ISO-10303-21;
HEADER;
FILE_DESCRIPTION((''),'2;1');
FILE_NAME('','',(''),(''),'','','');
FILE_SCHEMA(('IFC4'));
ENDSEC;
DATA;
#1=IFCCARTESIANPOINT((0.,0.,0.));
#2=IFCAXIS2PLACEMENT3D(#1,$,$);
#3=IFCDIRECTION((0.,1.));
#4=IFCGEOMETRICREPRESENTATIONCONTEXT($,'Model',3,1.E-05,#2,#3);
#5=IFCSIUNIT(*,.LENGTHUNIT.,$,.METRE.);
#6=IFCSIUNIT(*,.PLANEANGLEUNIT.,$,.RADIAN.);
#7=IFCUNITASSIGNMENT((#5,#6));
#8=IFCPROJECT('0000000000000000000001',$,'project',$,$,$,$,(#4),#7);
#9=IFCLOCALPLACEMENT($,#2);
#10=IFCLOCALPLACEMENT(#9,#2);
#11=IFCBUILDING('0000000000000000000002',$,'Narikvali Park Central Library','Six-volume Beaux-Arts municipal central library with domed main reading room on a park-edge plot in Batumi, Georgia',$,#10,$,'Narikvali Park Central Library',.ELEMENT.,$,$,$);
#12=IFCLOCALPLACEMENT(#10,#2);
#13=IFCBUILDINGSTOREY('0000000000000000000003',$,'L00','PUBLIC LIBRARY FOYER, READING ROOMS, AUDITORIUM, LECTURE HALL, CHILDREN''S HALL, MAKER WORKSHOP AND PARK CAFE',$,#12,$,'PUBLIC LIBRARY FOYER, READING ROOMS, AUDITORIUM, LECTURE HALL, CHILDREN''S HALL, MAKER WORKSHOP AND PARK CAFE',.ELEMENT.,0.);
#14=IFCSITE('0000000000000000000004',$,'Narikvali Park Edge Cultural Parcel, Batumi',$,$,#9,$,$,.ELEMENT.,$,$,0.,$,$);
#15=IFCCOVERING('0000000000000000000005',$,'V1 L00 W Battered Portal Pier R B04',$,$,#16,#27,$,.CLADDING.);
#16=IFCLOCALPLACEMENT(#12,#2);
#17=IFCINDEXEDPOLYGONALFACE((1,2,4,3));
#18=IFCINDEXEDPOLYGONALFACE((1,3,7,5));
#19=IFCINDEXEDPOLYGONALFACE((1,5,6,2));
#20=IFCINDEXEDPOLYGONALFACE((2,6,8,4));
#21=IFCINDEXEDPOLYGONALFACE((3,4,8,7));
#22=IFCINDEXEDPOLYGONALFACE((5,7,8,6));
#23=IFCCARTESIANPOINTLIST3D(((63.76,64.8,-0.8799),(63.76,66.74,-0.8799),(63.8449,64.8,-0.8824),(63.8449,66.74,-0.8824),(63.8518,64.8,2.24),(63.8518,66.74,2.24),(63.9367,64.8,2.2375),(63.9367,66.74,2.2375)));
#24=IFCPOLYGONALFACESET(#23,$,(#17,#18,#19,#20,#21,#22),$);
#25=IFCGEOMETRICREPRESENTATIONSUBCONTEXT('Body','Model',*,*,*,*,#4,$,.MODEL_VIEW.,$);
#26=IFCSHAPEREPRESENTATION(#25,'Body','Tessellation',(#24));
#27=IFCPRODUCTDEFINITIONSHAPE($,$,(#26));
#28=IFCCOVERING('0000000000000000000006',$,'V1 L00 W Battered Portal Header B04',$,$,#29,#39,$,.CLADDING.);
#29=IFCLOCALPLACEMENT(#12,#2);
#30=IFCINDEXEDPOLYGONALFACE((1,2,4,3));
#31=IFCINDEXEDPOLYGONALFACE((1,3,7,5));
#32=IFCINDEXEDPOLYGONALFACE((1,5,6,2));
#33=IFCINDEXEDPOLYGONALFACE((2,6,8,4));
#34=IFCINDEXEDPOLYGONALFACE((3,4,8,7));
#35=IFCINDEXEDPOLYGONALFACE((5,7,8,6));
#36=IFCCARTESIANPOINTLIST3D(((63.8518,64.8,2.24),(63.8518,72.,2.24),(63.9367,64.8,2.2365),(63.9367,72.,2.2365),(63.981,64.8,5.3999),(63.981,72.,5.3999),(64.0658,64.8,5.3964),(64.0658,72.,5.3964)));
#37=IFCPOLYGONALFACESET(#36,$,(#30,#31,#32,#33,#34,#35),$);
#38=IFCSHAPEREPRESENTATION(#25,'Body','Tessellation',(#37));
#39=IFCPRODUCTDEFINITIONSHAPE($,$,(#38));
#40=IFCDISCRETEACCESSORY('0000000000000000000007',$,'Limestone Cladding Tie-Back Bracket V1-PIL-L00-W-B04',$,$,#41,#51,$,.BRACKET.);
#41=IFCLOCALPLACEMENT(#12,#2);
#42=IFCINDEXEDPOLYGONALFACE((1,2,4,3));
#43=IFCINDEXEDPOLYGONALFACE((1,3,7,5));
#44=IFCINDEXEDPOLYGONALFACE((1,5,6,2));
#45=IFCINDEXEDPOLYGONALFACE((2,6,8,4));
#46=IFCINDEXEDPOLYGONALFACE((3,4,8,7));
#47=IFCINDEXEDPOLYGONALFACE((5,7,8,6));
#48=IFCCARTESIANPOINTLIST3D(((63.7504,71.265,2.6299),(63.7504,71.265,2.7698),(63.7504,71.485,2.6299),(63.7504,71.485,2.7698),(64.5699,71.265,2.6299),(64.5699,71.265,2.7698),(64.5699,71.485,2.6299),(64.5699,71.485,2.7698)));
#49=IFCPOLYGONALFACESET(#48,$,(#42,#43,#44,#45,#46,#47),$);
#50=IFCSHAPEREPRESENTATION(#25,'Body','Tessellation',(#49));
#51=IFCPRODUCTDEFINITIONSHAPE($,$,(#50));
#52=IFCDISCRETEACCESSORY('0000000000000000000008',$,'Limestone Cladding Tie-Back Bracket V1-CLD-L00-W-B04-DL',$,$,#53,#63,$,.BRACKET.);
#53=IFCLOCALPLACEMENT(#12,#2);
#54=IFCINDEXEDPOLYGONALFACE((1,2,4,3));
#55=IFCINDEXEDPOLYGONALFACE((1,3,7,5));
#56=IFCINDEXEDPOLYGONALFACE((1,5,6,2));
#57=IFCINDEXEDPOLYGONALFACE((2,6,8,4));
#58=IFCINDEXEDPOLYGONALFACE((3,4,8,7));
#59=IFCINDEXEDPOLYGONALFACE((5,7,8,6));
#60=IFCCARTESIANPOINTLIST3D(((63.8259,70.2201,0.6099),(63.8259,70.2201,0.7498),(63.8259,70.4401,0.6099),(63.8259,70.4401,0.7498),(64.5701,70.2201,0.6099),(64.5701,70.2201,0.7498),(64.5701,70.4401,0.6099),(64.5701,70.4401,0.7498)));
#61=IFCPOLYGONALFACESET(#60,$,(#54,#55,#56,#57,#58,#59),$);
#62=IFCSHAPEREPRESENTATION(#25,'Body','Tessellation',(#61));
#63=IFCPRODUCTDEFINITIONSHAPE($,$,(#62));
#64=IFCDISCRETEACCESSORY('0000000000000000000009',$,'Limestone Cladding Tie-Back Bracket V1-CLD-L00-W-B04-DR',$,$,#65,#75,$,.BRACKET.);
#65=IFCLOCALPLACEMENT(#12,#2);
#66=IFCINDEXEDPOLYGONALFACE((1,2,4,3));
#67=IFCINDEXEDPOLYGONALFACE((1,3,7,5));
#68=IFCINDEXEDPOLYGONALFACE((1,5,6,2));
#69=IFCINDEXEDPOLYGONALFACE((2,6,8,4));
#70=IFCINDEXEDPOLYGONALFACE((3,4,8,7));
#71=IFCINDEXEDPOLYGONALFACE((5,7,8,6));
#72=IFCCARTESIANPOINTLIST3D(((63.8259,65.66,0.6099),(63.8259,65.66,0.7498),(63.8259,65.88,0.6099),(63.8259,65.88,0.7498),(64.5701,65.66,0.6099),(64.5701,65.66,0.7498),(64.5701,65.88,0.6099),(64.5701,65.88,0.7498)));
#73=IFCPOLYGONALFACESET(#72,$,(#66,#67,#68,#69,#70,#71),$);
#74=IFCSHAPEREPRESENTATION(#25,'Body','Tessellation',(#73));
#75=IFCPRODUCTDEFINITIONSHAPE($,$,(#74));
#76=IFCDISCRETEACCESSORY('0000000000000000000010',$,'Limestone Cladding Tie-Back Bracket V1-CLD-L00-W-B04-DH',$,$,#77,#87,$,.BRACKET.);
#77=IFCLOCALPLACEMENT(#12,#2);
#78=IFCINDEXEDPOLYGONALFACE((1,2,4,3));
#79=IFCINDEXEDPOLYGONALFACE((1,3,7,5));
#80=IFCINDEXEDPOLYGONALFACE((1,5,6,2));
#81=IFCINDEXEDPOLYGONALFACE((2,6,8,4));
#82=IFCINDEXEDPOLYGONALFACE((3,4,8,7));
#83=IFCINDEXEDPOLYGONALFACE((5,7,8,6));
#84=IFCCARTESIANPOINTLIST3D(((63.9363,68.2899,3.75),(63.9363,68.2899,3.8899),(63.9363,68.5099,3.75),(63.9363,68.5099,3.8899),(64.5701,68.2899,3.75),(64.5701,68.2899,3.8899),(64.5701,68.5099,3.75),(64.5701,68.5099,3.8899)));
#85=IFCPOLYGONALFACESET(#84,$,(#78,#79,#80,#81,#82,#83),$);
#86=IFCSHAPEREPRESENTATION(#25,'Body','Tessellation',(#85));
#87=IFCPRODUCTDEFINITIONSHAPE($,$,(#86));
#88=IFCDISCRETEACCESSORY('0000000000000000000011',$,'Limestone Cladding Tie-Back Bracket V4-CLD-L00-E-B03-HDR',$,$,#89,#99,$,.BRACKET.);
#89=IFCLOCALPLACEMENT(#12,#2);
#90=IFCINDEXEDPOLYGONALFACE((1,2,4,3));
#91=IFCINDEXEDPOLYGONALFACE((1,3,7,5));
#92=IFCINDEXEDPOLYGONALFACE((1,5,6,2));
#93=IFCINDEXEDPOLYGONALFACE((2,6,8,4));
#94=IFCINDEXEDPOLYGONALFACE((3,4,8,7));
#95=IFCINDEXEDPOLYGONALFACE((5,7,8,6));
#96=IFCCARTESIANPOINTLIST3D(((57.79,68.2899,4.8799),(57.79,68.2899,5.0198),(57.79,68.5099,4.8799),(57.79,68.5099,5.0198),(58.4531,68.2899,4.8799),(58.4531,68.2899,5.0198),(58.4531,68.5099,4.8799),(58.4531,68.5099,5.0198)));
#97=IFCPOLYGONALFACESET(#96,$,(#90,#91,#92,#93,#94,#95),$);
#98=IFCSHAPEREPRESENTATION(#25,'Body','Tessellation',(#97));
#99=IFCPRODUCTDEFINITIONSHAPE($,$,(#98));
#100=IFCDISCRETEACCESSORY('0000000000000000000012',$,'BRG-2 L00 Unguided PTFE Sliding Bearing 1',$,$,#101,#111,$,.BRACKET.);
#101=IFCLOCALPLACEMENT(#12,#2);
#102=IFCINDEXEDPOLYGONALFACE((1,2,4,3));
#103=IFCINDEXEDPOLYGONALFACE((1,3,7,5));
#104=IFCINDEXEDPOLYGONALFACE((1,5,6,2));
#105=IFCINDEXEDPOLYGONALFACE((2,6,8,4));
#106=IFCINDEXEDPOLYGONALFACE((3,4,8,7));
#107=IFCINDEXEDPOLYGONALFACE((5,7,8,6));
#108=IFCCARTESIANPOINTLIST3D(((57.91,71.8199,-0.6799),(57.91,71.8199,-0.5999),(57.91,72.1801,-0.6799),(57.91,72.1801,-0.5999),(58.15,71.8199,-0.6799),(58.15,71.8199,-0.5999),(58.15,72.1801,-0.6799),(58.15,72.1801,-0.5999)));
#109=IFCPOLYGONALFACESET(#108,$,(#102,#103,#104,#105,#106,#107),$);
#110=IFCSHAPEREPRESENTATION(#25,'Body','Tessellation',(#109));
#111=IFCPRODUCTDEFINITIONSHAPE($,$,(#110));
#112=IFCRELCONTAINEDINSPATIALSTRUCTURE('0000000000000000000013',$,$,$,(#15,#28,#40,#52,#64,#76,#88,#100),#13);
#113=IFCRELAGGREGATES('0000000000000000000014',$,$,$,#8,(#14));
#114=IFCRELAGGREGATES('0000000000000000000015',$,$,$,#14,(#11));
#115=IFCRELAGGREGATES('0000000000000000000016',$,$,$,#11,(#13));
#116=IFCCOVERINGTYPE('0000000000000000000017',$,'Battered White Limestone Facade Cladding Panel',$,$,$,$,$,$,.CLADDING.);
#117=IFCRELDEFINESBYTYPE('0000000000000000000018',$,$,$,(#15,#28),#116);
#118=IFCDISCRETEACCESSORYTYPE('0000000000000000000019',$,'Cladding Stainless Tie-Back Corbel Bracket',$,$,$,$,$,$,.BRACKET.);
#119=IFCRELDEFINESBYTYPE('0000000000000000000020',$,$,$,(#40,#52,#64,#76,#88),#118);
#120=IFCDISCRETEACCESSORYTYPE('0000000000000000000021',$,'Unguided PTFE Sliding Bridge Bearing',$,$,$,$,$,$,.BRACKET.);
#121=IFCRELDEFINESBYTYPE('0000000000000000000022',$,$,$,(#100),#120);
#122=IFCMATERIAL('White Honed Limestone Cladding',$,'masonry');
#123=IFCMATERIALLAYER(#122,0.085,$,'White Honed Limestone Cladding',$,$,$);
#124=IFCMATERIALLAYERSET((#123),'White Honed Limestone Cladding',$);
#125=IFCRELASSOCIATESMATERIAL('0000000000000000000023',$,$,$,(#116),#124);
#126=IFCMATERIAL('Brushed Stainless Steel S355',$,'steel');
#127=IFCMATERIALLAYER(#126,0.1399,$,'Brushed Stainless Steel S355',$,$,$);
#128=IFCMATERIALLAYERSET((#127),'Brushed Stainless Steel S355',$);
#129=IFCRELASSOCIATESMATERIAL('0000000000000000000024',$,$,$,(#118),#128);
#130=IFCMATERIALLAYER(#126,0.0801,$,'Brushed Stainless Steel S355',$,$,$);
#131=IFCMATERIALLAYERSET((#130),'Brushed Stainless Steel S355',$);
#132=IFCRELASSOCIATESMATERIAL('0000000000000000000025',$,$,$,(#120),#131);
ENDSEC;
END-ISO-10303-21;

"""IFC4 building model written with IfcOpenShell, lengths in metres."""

from ifc_helpers import new_model, si_unit, direction, frame, origin, origin_2d, place, context, subcontext, project, spatial, polyline, rectangle, outline, extrude, material, layer, layer_set, type_object, element, save


model = new_model("IFC4")

# Units and contexts
model_context = context("Model", 3, precision=1e-05, world=origin(), true_north=direction((0.0, 1.0)))
body_context = subcontext(model_context, "Body", "Model", "MODEL_VIEW")
ifc_project = project(units=[si_unit("LENGTHUNIT", "METRE"), si_unit("PLANEANGLEUNIT", "RADIAN")], contexts=[model_context])

# Site, building, storey
site_placement = place(None, origin())
site = spatial("IfcSite", under=ifc_project, at=site_placement, Name="Narikvali Park Edge Cultural Parcel, Batumi", CompositionType="ELEMENT", RefElevation=0.0)
building_placement = place(site_placement, origin())
building = spatial("IfcBuilding", under=site, at=building_placement, Name="Narikvali Park Central Library", Description="Six-volume Beaux-Arts municipal central library with domed main reading room on a park-edge plot in Batumi, Georgia", LongName="Narikvali Park Central Library", CompositionType="ELEMENT")
storey_placement = place(building_placement, origin())
storey = spatial("IfcBuildingStorey", under=building, at=storey_placement, Name="L00", Description="PUBLIC LIBRARY FOYER, READING ROOMS, AUDITORIUM, LECTURE HALL, CHILDREN'S HALL, MAKER WORKSHOP AND PARK CAFE", LongName="PUBLIC LIBRARY FOYER, READING ROOMS, AUDITORIUM, LECTURE HALL, CHILDREN'S HALL, MAKER WORKSHOP AND PARK CAFE", CompositionType="ELEMENT", Elevation=0.0)

# Coverings
ifc_material_1 = material(Name="White Honed Limestone Cladding", Category="masonry")
ifc_layer_1 = layer(ifc_material_1, 0.085, Name="White Honed Limestone Cladding")
ifc_layer_set_1 = layer_set([ifc_layer_1], Name="White Honed Limestone Cladding")
covering_type = type_object("IfcCoveringType", Name="Battered White Limestone Facade Cladding Panel", PredefinedType="CLADDING", material=ifc_layer_set_1)
covering_1_placement = place(storey_placement, frame((63.76, 66.74, -0.8799), z_axis=(-0.999567, 0.0, 0.029411), x_axis=(0.0, -1.0, 0.0)))
element("IfcCovering", 1, at=covering_1_placement, inside=storey, type_object=covering_type, Name="V1 L00 W Battered Portal Pier R B04", PredefinedType="CLADDING", context=body_context, shape_type="SweptSolid", body=[
    extrude(outline(polyline([(0.0, 0.0), (1.9399, 0.0), (1.9399, 3.1212), (0.0, 3.1212), (0.0, 0.0)])), origin(), (0.0, 0.0, -1.0), 0.085),
])
covering_2_placement = place(storey_placement, frame((63.8518, 72.0, 2.24), z_axis=(-0.999166, 0.0, 0.040837), x_axis=(0.0, -1.0, 0.0)))
element("IfcCovering", 2, at=covering_2_placement, inside=storey, type_object=covering_type, Name="V1 L00 W Battered Portal Header B04", PredefinedType="CLADDING", context=body_context, shape_type="SweptSolid", body=[
    extrude(outline(polyline([(0.0, 0.0), (7.2, 0.0), (7.2, 3.1626), (0.0, 3.1626), (0.0, 0.0)])), origin(), (0.0, 0.0, -1.0), 0.085),
])

# Discrete accessories
ifc_material_2 = material(Name="Brushed Stainless Steel S355", Category="steel")
ifc_layer_2 = layer(ifc_material_2, 0.1399, Name="Brushed Stainless Steel S355")
ifc_layer_set_2 = layer_set([ifc_layer_2], Name="Brushed Stainless Steel S355")
discrete_accessory_type_1 = type_object("IfcDiscreteAccessoryType", Name="Cladding Stainless Tie-Back Corbel Bracket", PredefinedType="BRACKET", material=ifc_layer_set_2)
discrete_accessory_1_placement = place(storey_placement, frame((64.1602, 71.375, 2.6299), z_axis=(0.0, 0.0, 1.0), x_axis=(1.0, 0.0, 0.0)))
element("IfcDiscreteAccessory", 3, at=discrete_accessory_1_placement, inside=storey, type_object=discrete_accessory_type_1, Name="Limestone Cladding Tie-Back Bracket V1-PIL-L00-W-B04", PredefinedType="BRACKET", context=body_context, shape_type="SweptSolid", body=[
    extrude(rectangle(XDim=0.8196, YDim=0.22, at=origin_2d()), origin(), (0.0, 0.0, 1.0), 0.1399),
])
for number, where, z_axis, x_axis, name in (
    (4, (64.198, 70.3301, 0.6099), (0.0, 0.0, 1.0), (1.0, 0.0, 0.0), "Limestone Cladding Tie-Back Bracket V1-CLD-L00-W-B04-DL"),
    (5, (64.198, 65.77, 0.6099), (0.0, 0.0, 1.0), (1.0, 0.0, 0.0), "Limestone Cladding Tie-Back Bracket V1-CLD-L00-W-B04-DR"),
):
    element("IfcDiscreteAccessory", number, at=place(storey_placement, frame(where, z_axis=z_axis, x_axis=x_axis)), inside=storey, type_object=discrete_accessory_type_1, Name=name, PredefinedType="BRACKET", context=body_context, shape_type="SweptSolid", body=[
        extrude(rectangle(XDim=0.7441, YDim=0.22, at=origin_2d()), origin(), (0.0, 0.0, 1.0), 0.1399),
    ])
discrete_accessory_2_placement = place(storey_placement, frame((64.2532, 68.3999, 3.75), z_axis=(0.0, 0.0, 1.0), x_axis=(1.0, 0.0, 0.0)))
element("IfcDiscreteAccessory", 6, at=discrete_accessory_2_placement, inside=storey, type_object=discrete_accessory_type_1, Name="Limestone Cladding Tie-Back Bracket V1-CLD-L00-W-B04-DH", PredefinedType="BRACKET", context=body_context, shape_type="SweptSolid", body=[
    extrude(rectangle(XDim=0.6338, YDim=0.22, at=origin_2d()), origin(), (0.0, 0.0, 1.0), 0.1399),
])
discrete_accessory_3_placement = place(storey_placement, frame((58.1216, 68.3999, 4.8799), z_axis=(0.0, 0.0, 1.0), x_axis=(1.0, 0.0, 0.0)))
element("IfcDiscreteAccessory", 7, at=discrete_accessory_3_placement, inside=storey, type_object=discrete_accessory_type_1, Name="Limestone Cladding Tie-Back Bracket V4-CLD-L00-E-B03-HDR", PredefinedType="BRACKET", context=body_context, shape_type="SweptSolid", body=[
    extrude(rectangle(XDim=0.6631, YDim=0.22, at=origin_2d()), origin(), (0.0, 0.0, 1.0), 0.1399),
])
ifc_layer_3 = layer(ifc_material_2, 0.0801, Name="Brushed Stainless Steel S355")
ifc_layer_set_3 = layer_set([ifc_layer_3], Name="Brushed Stainless Steel S355")
discrete_accessory_type_2 = type_object("IfcDiscreteAccessoryType", Name="Unguided PTFE Sliding Bridge Bearing", PredefinedType="BRACKET", material=ifc_layer_set_3)
discrete_accessory_4_placement = place(storey_placement, frame((58.03, 72.0, -0.6799), z_axis=(0.0, 0.0, 1.0), x_axis=(1.0, 0.0, 0.0)))
element("IfcDiscreteAccessory", 8, at=discrete_accessory_4_placement, inside=storey, type_object=discrete_accessory_type_2, Name="BRG-2 L00 Unguided PTFE Sliding Bearing 1", PredefinedType="BRACKET", context=body_context, shape_type="SweptSolid", body=[
    extrude(rectangle(XDim=0.24, YDim=0.3601, at=origin_2d()), origin(), (0.0, 0.0, 1.0), 0.0801),
])

save(model, "model.ifc")
